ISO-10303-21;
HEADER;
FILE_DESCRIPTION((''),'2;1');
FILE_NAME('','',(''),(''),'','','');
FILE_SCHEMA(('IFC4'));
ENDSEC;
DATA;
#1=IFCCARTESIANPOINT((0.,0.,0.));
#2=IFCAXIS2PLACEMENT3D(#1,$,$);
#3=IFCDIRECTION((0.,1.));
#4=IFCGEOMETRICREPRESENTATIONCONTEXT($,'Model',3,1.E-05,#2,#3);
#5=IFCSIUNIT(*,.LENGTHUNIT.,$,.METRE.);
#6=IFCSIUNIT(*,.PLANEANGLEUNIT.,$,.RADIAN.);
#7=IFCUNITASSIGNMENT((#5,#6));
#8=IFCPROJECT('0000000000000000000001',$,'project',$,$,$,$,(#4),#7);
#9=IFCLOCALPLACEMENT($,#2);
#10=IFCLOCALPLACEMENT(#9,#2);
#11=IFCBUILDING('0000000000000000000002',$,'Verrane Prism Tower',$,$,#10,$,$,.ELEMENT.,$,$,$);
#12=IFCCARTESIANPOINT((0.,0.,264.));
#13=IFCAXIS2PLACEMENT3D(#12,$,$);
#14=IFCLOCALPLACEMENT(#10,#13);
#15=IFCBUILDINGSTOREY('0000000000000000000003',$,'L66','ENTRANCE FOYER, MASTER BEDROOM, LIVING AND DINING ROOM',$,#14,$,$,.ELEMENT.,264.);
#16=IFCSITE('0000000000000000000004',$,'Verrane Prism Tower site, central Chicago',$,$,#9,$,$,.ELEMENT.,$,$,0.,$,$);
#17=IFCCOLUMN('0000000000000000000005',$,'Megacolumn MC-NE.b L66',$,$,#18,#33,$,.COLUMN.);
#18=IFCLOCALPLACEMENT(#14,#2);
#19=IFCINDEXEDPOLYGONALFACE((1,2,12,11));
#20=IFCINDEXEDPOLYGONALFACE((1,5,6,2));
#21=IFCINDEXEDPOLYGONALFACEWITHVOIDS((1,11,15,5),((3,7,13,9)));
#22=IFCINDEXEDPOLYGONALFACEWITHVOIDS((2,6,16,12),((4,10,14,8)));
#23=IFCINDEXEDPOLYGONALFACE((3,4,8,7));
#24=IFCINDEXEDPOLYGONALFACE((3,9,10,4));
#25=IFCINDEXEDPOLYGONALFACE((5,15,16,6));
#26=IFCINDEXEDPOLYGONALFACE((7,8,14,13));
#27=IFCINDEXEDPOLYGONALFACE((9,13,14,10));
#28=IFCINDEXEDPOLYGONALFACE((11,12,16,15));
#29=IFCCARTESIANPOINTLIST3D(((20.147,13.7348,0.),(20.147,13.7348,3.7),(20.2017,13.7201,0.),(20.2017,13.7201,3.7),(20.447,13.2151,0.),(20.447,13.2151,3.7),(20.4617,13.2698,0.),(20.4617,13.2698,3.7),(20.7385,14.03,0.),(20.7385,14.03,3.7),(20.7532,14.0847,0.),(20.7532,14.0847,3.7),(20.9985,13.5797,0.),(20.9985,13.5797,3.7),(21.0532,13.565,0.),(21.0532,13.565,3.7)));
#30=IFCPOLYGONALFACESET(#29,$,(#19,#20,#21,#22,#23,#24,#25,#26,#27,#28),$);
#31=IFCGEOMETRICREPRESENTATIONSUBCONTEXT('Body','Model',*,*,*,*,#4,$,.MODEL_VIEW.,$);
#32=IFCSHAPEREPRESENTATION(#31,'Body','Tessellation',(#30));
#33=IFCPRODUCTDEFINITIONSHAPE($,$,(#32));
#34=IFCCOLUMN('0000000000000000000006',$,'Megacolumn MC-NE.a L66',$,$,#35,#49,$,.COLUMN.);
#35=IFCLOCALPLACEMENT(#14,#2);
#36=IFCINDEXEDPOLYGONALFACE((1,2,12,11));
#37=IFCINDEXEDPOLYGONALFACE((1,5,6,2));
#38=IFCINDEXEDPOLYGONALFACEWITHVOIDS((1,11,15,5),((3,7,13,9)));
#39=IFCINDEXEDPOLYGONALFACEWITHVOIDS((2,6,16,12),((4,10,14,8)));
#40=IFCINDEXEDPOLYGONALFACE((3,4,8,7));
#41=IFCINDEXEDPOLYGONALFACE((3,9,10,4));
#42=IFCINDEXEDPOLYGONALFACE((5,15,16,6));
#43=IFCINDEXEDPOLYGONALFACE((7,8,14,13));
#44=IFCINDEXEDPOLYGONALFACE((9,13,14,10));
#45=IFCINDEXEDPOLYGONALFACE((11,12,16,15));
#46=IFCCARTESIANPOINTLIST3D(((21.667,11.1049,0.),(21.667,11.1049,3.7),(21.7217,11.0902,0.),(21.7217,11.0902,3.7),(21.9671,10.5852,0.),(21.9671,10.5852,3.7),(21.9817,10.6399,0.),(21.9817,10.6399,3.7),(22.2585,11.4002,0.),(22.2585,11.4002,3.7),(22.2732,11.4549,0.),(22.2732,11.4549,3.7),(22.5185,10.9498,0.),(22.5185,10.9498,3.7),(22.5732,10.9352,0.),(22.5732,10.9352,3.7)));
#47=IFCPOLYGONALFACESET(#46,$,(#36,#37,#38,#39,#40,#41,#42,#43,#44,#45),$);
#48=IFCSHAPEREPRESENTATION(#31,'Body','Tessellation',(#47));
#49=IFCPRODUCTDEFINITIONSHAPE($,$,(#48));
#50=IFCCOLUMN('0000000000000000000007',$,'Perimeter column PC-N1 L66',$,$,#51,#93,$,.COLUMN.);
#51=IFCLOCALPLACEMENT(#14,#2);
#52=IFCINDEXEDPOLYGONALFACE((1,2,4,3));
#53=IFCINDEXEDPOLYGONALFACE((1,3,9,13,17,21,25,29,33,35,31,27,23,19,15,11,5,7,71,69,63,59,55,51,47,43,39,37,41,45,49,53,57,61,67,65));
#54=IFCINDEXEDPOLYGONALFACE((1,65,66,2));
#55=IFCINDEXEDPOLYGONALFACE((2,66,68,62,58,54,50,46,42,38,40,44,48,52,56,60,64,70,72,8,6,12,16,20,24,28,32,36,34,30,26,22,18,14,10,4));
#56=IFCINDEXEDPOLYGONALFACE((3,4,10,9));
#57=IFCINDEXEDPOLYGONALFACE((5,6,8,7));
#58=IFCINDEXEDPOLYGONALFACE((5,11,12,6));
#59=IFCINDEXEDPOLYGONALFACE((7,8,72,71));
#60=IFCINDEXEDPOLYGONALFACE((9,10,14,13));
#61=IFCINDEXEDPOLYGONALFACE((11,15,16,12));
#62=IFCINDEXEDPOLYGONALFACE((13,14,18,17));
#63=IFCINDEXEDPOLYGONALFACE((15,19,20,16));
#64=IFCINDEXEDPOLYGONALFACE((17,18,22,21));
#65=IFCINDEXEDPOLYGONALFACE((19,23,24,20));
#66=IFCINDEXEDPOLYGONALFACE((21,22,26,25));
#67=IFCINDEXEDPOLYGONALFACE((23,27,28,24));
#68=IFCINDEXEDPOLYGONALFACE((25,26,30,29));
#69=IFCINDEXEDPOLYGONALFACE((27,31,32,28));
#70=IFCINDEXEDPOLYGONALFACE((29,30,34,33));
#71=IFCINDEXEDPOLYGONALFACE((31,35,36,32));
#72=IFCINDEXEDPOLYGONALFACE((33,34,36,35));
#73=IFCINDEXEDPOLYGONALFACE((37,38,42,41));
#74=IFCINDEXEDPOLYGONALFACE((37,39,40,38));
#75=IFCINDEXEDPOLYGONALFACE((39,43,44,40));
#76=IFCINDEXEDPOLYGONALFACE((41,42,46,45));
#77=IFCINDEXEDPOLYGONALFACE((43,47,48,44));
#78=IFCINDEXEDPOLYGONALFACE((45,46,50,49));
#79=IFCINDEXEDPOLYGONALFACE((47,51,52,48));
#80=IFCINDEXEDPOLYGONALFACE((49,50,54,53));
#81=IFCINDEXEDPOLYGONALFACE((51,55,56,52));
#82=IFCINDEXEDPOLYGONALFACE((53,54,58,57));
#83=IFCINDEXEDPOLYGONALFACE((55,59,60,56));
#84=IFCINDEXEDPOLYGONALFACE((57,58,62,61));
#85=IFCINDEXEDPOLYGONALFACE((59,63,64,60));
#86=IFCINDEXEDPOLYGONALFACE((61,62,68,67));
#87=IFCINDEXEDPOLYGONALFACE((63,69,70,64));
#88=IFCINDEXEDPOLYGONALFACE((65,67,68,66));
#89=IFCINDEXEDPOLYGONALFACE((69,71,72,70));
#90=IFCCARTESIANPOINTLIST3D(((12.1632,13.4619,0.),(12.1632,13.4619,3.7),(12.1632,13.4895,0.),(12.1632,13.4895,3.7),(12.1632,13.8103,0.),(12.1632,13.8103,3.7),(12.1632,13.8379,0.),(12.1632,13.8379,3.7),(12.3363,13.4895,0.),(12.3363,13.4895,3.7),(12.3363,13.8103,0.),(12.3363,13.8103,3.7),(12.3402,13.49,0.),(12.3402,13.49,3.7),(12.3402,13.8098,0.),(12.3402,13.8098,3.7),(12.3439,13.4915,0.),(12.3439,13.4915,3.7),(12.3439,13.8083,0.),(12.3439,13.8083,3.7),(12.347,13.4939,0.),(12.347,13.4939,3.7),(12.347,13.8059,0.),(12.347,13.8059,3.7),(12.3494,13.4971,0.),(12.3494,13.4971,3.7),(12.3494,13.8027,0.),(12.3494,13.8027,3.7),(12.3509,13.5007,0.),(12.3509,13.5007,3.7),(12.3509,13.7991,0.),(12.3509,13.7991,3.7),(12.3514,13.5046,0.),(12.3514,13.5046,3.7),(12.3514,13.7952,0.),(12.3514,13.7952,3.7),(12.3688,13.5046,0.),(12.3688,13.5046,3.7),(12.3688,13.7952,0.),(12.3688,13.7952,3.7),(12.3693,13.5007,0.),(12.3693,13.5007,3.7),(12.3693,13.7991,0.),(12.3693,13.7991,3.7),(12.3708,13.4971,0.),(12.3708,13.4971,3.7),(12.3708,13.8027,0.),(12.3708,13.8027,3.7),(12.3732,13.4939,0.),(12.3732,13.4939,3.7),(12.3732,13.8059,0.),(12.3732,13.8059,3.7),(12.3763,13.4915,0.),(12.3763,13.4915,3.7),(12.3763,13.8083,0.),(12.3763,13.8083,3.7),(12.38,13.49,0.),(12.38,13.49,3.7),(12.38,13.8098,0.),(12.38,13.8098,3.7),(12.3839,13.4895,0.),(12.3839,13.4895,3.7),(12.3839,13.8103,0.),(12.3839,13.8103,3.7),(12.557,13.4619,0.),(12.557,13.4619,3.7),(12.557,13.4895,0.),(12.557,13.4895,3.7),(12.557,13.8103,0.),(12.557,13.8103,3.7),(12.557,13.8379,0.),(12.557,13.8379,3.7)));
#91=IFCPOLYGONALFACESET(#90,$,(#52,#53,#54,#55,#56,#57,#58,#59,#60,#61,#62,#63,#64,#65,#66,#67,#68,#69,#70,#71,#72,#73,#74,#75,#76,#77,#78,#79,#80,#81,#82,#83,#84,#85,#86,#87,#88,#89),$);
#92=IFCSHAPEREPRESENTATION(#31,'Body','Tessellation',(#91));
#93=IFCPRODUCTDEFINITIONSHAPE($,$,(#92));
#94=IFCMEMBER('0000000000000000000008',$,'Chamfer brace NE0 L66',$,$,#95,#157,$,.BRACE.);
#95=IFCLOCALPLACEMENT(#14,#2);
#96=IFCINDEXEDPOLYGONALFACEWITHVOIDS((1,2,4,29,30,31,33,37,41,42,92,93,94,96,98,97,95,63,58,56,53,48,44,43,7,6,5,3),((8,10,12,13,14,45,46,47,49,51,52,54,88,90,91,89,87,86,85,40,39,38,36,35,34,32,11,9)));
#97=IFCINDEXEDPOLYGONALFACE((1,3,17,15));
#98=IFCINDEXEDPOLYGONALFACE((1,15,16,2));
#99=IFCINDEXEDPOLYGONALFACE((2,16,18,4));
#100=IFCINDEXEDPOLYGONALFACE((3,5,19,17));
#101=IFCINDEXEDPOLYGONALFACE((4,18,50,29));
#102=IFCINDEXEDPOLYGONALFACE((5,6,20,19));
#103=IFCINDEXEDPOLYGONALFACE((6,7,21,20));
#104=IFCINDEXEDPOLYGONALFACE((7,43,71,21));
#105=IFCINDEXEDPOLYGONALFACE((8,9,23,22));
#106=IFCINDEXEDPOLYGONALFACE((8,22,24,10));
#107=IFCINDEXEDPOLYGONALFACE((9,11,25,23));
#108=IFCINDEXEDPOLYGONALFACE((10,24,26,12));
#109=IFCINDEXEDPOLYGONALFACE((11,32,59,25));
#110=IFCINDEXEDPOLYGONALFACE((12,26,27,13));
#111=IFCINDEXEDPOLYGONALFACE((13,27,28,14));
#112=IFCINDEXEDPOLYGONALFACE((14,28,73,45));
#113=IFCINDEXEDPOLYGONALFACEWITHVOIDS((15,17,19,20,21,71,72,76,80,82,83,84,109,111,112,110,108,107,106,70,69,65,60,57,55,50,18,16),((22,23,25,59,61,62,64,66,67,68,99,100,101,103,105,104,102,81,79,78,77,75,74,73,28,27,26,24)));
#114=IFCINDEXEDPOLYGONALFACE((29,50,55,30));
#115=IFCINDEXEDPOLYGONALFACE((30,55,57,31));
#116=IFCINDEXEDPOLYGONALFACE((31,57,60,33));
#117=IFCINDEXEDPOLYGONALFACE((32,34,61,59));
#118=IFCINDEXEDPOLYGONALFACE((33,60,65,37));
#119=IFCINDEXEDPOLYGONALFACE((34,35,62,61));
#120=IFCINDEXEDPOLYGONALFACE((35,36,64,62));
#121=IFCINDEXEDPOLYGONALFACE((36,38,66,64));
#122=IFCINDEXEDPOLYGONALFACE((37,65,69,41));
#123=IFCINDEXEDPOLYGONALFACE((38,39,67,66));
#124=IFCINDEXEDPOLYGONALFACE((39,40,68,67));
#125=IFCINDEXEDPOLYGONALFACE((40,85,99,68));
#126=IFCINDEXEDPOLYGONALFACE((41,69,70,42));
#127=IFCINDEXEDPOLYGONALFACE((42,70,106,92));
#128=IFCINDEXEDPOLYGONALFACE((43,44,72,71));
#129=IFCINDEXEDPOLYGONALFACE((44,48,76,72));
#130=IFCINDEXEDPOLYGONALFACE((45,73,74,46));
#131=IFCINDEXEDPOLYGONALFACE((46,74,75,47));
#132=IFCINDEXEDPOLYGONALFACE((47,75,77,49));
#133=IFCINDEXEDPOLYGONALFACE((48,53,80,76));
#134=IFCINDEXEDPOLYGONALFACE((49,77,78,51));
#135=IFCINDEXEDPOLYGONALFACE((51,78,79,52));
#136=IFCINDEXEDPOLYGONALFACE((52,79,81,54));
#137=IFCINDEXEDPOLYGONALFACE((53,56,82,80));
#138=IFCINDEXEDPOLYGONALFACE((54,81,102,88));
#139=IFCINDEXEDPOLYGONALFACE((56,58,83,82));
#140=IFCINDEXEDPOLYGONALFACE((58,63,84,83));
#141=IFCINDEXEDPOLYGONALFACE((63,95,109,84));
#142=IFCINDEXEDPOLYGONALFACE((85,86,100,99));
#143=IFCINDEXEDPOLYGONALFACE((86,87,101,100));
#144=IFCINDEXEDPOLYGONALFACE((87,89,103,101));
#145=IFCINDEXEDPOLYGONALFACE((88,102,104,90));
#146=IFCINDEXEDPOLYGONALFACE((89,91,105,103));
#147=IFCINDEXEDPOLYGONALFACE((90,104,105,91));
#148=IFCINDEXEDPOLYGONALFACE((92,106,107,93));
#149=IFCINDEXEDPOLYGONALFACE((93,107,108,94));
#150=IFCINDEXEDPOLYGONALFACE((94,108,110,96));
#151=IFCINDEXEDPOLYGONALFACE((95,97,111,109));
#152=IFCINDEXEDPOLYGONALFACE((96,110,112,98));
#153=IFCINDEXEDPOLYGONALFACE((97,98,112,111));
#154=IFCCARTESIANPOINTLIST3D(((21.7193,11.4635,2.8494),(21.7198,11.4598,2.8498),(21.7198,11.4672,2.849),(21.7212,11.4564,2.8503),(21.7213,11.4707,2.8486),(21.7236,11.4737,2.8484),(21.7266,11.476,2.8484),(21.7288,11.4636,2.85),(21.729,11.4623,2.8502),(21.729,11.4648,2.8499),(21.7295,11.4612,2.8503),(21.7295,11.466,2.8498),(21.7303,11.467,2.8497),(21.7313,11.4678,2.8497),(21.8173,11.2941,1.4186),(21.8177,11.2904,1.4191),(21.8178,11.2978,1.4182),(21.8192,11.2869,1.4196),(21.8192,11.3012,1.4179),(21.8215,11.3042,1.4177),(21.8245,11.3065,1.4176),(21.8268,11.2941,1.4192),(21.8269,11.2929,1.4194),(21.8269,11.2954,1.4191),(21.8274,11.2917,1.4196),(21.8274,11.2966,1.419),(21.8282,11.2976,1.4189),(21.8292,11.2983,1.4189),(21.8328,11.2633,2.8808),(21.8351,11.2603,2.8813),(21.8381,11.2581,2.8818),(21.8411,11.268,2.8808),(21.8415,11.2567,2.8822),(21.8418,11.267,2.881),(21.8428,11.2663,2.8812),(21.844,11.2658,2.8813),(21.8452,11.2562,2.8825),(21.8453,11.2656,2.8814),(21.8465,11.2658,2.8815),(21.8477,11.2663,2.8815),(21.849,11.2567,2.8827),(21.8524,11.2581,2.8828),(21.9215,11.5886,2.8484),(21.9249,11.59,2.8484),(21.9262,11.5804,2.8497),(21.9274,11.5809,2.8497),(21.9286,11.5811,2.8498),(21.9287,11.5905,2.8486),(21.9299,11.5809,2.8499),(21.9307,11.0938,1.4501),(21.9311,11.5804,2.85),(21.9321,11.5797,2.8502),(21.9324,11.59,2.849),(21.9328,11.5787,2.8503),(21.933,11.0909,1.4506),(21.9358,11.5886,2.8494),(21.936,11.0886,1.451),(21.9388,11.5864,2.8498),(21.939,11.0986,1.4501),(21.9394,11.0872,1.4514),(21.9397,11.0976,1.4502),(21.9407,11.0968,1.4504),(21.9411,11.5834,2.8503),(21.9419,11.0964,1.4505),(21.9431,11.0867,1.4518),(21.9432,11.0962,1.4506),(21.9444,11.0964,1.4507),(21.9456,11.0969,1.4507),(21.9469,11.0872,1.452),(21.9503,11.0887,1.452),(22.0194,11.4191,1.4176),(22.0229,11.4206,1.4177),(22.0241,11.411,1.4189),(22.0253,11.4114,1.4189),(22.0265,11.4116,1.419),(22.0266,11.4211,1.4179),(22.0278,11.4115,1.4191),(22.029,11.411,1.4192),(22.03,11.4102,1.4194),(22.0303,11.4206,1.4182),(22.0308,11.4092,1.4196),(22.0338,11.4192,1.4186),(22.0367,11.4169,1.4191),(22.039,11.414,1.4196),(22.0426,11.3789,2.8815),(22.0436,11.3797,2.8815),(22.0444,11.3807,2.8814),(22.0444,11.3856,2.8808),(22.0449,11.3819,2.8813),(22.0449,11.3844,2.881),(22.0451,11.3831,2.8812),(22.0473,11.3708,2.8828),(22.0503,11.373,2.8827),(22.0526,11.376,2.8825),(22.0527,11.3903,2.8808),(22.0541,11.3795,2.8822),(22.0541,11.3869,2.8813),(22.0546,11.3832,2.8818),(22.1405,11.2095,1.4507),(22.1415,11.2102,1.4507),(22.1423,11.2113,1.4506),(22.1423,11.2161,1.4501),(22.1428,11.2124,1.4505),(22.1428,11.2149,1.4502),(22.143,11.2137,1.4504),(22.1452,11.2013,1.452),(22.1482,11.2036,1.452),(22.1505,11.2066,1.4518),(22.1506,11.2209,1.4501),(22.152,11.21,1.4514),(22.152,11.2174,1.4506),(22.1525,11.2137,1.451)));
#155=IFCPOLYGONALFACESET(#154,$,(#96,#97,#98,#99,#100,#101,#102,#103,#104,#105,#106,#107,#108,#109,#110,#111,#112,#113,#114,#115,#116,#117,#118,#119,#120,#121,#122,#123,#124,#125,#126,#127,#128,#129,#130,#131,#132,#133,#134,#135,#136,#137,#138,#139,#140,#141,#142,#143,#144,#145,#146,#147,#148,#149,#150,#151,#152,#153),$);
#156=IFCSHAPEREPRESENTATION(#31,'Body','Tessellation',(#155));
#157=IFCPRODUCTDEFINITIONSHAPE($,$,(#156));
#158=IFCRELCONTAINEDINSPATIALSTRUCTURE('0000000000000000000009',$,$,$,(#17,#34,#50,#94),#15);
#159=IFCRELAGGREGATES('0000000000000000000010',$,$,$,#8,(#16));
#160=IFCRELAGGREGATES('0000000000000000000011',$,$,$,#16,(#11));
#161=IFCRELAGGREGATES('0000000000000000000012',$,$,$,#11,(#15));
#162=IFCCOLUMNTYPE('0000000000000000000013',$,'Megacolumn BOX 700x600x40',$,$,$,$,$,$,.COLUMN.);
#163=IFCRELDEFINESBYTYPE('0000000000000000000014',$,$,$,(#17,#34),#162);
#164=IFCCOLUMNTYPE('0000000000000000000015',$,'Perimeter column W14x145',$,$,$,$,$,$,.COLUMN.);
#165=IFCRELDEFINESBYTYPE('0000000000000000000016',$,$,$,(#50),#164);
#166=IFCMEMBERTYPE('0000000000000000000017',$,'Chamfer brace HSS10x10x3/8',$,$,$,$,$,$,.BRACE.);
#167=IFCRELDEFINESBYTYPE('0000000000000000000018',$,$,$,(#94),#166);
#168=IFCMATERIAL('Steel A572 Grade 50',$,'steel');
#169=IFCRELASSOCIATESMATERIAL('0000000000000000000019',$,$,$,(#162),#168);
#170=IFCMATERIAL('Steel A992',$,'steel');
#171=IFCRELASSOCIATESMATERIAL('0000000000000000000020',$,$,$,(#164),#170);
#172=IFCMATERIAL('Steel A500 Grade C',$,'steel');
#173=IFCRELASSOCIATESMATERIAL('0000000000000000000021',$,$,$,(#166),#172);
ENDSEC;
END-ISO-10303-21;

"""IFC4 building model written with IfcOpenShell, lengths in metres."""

from ifc_helpers import new_model, si_unit, direction, frame, origin, origin_2d, place, context, subcontext, project, spatial, hollow_rectangle, i_section, extrude, material, material_profile, profile_set, type_object, element, save


model = new_model("IFC4")

# Units and contexts
model_context = context("Model", 3, precision=1e-05, world=origin(), true_north=direction((0.0, 1.0)))
body_context = subcontext(model_context, "Body", "Model", "MODEL_VIEW")
ifc_project = project(units=[si_unit("LENGTHUNIT", "METRE"), si_unit("PLANEANGLEUNIT", "RADIAN")], contexts=[model_context])

# Site, building, storey
site_placement = place(None, origin())
site = spatial("IfcSite", under=ifc_project, at=site_placement, Name="Verrane Prism Tower site, central Chicago", CompositionType="ELEMENT", RefElevation=0.0)
building_placement = place(site_placement, origin())
building = spatial("IfcBuilding", under=site, at=building_placement, Name="Verrane Prism Tower", CompositionType="ELEMENT")
storey_placement = place(building_placement, frame((0.0, 0.0, 264.0)))
storey = spatial("IfcBuildingStorey", under=building, at=storey_placement, Name="L66", Description="ENTRANCE FOYER, MASTER BEDROOM, LIVING AND DINING ROOM", CompositionType="ELEMENT", Elevation=264.0)

# Columns
ifc_material_1 = material(Name="Steel A572 Grade 50", Category="steel")
ifc_material_profile_1 = material_profile(ifc_material_1, hollow_rectangle(XDim=0.6001, YDim=0.7, WallThickness=0.04, at=origin_2d()), Name="BOX 700x600x40")
ifc_profile_set_1 = profile_set([ifc_material_profile_1], Name="Steel A572 Grade 50")
column_type_1 = type_object("IfcColumnType", Name="Megacolumn BOX 700x600x40", PredefinedType="COLUMN", material=ifc_profile_set_1)
for number, where, z_axis, x_axis, name in (
    (1, (20.6001, 13.6499, 0.0), (0.0, 0.0, 1.0), (0.5, -0.866025, 0.0), "Megacolumn MC-NE.b L66"),
    (2, (22.1201, 11.02, 0.0), (0.0, 0.0, 1.0), (0.5, -0.866025, 0.0), "Megacolumn MC-NE.a L66"),
):
    element("IfcColumn", number, at=place(storey_placement, frame(where, z_axis=z_axis, x_axis=x_axis)), inside=storey, type_object=column_type_1, Name=name, PredefinedType="COLUMN", context=body_context, shape_type="SweptSolid", body=[
        extrude(hollow_rectangle(XDim=0.6001, YDim=0.7, WallThickness=0.04, at=origin_2d()), origin(), (0.0, 0.0, 1.0), 3.7),
    ])
ifc_material_2 = material(Name="Steel A992", Category="steel")
ifc_material_profile_2 = material_profile(ifc_material_2, i_section(OverallWidth=0.3938, OverallDepth=0.376, WebThickness=0.0173, FlangeThickness=0.0276, FilletRadius=0.0151, at=origin_2d()), Name="W14x145")
ifc_profile_set_2 = profile_set([ifc_material_profile_2], Name="Steel A992")
column_type_2 = type_object("IfcColumnType", Name="Perimeter column W14x145", PredefinedType="COLUMN", material=ifc_profile_set_2)
column_placement = place(storey_placement, frame((12.3601, 13.6499, 0.0), z_axis=(0.0, 0.0, 1.0), x_axis=(1.0, 0.0, 0.0)))
element("IfcColumn", 3, at=column_placement, inside=storey, type_object=column_type_2, Name="Perimeter column PC-N1 L66", PredefinedType="COLUMN", context=body_context, shape_type="SweptSolid", body=[
    extrude(i_section(OverallWidth=0.3938, OverallDepth=0.376, WebThickness=0.0173, FlangeThickness=0.0276, FilletRadius=0.0151, at=origin_2d()), origin(), (0.0, 0.0, 1.0), 3.7),
])

# Member
ifc_material_3 = material(Name="Steel A500 Grade C", Category="steel")
ifc_material_profile_3 = material_profile(ifc_material_3, hollow_rectangle(XDim=0.2539, YDim=0.2539, WallThickness=0.0095, InnerFilletRadius=0.0049, OuterFilletRadius=0.0144, at=origin_2d()), Name="HSS10x10x3/8")
ifc_profile_set_3 = profile_set([ifc_material_profile_3], Name="Steel A500 Grade C")
member_type_1 = type_object("IfcMemberType", Name="Chamfer brace HSS10x10x3/8", PredefinedType="BRACE", material=ifc_profile_set_3)
member_1_placement = place(storey_placement, frame((21.9849, 11.2539, 1.4348), z_axis=(-0.067799, 0.117338, 0.990775), x_axis=(-0.865853, -0.500298, 0.0)))
element("IfcMember", 4, at=member_1_placement, inside=storey, type_object=member_type_1, Name="Chamfer brace NE0 L66", PredefinedType="BRACE", context=body_context, shape_type="SweptSolid", body=[
    extrude(hollow_rectangle(XDim=0.2539, YDim=0.2539, WallThickness=0.0095, InnerFilletRadius=0.0049, OuterFilletRadius=0.0144, at=origin_2d()), origin(), (0.0, 0.0, 1.0), 1.4441),
])

save(model, "model.ifc")
